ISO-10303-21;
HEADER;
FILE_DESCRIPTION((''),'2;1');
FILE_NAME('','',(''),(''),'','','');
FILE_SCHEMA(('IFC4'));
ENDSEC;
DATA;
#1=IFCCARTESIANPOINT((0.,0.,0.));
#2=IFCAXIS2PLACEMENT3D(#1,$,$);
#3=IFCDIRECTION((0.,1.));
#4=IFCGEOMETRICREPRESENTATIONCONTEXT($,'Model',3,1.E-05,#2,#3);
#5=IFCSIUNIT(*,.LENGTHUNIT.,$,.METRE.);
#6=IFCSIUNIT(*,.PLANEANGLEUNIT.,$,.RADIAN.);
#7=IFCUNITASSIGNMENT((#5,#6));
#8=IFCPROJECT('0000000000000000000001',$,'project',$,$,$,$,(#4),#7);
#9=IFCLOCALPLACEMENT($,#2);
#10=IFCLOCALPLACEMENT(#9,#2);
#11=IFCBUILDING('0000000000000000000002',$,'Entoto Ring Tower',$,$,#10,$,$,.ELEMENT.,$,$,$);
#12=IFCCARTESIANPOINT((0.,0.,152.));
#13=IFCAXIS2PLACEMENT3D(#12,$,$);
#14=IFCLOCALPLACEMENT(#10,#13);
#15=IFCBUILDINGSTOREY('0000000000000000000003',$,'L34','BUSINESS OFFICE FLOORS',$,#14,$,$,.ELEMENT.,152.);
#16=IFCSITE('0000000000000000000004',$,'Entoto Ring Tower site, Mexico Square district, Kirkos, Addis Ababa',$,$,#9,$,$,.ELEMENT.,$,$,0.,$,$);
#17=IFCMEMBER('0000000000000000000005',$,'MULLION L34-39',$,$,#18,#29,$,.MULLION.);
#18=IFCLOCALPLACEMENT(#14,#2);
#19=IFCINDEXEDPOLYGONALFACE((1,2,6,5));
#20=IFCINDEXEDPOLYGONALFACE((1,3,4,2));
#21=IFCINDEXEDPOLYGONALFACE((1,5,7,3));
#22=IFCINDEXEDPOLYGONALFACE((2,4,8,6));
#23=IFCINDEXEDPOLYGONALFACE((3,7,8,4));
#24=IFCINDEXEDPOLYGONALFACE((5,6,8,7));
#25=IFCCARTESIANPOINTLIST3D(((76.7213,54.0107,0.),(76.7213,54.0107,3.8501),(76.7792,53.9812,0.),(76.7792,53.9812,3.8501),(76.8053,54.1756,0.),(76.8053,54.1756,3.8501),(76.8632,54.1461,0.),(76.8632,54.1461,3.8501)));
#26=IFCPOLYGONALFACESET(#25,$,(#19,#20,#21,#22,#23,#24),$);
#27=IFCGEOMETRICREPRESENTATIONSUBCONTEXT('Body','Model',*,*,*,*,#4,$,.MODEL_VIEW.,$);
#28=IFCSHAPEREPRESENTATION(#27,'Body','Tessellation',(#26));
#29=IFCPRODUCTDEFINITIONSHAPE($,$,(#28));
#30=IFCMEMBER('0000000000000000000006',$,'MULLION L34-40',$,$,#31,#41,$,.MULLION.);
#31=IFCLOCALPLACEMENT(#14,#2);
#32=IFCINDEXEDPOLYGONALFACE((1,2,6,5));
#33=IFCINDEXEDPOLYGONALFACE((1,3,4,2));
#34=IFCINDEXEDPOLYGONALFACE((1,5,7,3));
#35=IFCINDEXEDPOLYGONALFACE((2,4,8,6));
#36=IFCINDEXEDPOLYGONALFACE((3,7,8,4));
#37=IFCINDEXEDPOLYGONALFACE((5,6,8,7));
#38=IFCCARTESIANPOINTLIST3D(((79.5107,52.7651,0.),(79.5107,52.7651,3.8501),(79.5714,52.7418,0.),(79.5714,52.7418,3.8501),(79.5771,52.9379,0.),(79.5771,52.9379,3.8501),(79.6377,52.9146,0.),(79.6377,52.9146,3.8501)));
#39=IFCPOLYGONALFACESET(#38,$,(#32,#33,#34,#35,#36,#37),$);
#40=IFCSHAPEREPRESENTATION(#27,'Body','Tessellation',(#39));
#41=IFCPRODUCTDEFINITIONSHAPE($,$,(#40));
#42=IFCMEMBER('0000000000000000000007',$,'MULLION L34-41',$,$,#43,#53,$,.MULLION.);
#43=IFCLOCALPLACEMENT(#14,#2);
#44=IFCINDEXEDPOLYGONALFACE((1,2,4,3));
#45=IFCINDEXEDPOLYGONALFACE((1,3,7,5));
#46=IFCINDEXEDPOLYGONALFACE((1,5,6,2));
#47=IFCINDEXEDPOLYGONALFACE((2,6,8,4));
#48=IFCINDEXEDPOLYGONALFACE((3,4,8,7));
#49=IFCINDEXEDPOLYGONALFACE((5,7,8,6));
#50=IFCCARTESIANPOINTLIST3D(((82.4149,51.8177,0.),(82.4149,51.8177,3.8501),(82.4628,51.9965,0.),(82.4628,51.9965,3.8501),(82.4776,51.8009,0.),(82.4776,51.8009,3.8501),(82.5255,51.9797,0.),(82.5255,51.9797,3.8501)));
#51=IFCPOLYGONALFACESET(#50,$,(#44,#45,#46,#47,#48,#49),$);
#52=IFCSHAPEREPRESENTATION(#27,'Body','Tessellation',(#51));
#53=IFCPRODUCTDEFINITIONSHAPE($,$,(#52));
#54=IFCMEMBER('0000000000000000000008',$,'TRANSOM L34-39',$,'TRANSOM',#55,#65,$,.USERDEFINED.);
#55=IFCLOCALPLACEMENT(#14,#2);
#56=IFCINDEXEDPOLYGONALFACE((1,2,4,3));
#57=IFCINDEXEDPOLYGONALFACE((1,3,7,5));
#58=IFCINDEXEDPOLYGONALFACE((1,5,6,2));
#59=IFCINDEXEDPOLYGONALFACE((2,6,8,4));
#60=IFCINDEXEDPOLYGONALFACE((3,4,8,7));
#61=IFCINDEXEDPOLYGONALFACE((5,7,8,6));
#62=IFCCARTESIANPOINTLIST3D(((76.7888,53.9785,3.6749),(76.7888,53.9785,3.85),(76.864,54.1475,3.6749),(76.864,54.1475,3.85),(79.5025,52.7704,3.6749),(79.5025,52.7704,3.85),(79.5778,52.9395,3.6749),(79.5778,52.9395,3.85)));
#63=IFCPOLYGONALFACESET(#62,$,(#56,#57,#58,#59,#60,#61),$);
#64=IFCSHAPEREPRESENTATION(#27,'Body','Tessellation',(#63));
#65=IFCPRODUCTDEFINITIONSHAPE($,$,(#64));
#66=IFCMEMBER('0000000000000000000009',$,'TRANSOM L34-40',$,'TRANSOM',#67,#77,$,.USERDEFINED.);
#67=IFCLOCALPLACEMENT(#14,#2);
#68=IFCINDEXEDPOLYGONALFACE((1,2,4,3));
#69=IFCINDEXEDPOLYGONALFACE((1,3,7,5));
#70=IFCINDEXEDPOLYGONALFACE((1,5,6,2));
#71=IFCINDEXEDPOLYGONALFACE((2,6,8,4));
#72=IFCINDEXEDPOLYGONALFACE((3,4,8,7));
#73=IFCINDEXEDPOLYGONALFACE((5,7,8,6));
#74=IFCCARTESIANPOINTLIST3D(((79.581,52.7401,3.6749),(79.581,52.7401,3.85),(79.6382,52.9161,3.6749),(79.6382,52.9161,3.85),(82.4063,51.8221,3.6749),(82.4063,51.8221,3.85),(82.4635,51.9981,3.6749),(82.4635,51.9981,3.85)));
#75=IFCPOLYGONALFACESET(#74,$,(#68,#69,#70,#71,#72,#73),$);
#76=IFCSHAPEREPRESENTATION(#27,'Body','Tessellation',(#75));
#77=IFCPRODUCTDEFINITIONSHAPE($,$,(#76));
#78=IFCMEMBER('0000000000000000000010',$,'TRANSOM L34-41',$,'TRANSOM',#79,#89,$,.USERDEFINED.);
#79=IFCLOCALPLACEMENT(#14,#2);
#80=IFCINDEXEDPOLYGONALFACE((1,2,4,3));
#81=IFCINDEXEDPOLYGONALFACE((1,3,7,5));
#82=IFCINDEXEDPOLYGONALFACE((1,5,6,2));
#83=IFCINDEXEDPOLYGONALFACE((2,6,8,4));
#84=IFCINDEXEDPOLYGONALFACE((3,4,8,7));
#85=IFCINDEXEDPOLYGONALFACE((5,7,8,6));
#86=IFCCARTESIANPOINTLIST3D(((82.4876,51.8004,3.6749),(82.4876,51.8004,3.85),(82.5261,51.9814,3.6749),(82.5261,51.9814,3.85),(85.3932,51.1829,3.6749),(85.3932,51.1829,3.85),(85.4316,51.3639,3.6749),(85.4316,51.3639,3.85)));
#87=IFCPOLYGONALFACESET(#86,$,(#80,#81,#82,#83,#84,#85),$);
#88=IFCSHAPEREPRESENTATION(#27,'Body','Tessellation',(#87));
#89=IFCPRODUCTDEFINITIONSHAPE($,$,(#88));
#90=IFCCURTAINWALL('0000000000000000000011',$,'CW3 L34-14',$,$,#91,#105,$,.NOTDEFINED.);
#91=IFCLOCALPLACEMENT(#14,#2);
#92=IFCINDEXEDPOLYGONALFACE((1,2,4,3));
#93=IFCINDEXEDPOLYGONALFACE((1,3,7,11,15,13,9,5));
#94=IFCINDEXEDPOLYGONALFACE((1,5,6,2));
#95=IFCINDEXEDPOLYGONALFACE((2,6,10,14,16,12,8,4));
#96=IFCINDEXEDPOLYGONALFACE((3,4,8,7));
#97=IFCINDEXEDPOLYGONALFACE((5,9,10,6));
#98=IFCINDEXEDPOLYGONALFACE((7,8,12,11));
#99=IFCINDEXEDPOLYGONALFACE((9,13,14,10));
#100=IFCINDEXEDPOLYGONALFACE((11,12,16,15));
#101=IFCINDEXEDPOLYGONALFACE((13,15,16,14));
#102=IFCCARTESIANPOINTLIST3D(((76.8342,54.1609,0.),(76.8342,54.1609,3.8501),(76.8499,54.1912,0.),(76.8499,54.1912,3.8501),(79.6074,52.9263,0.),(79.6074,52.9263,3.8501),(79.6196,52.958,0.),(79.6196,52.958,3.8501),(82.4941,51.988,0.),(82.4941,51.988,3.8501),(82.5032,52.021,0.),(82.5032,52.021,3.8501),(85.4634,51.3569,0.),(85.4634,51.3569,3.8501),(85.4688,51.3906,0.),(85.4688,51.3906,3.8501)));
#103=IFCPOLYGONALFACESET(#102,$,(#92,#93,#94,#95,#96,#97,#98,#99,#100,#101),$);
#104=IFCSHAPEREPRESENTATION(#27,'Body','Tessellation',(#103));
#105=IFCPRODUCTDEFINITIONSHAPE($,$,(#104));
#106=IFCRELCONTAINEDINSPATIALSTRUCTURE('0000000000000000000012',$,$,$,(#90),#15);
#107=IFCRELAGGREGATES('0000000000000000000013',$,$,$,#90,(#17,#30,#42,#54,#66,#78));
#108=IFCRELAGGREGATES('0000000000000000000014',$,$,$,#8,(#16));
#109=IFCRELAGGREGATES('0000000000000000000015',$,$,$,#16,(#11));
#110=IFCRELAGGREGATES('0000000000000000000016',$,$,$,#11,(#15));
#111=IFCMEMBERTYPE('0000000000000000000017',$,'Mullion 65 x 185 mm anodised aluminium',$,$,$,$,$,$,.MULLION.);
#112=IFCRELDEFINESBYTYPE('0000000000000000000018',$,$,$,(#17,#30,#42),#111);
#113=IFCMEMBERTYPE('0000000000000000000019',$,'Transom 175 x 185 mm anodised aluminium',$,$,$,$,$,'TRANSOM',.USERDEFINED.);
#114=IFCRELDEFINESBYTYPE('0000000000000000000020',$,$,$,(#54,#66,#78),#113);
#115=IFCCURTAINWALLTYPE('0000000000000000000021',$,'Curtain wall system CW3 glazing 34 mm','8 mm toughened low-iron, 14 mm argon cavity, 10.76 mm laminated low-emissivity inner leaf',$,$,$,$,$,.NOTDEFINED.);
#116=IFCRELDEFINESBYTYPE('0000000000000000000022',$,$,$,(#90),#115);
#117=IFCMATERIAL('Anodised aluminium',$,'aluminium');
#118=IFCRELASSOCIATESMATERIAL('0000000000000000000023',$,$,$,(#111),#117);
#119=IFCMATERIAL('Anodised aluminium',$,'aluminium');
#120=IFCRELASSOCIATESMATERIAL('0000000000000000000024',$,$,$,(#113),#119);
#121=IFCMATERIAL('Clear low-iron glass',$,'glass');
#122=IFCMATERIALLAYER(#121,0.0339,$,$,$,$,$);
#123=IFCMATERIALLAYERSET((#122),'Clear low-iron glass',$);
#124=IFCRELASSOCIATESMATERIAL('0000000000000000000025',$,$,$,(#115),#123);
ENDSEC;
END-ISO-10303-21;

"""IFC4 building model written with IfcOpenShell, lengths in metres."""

from ifc_helpers import new_model, si_unit, direction, frame, origin, origin_2d, place, context, subcontext, project, spatial, polyline, rectangle, outline, extrude, material, layer, layer_set, material_profile, profile_set, type_object, element, aggregate, save


model = new_model("IFC4")

# Units and contexts
model_context = context("Model", 3, precision=1e-05, world=origin(), true_north=direction((0.0, 1.0)))
body_context = subcontext(model_context, "Body", "Model", "MODEL_VIEW")
ifc_project = project(units=[si_unit("LENGTHUNIT", "METRE"), si_unit("PLANEANGLEUNIT", "RADIAN")], contexts=[model_context])

# Members
ifc_material_1 = material(Name="Anodised aluminium", Category="aluminium")
ifc_material_profile_1 = material_profile(ifc_material_1, rectangle(XDim=0.0649, YDim=0.1851, at=origin_2d()), Name="Mullion 65 x 185 mm anodised aluminium")
ifc_profile_set_1 = profile_set([ifc_material_profile_1], Name="Anodised aluminium")
member_type_1 = type_object("IfcMemberType", Name="Mullion 65 x 185 mm anodised aluminium", PredefinedType="MULLION", material=ifc_profile_set_1)
site_placement = place(None, origin())
building_placement = place(site_placement, origin())
storey_placement = place(building_placement, frame((0.0, 0.0, 152.0)))
member_1_placement = place(storey_placement, frame((76.7922, 54.0784, 0.0), z_axis=(0.0, 0.0, 1.0), x_axis=(0.891007, -0.45399, 0.0)))
member_1 = element("IfcMember", 1, at=member_1_placement, type_object=member_type_1, Name="MULLION L34-39", PredefinedType="MULLION", context=body_context, shape_type="SweptSolid", body=[
    extrude(rectangle(XDim=0.0649, YDim=0.1851, at=origin_2d()), origin(), (0.0, 0.0, 1.0), 3.8501),
])
member_2_placement = place(storey_placement, frame((79.5742, 52.8398, 0.0), z_axis=(0.0, 0.0, 1.0), x_axis=(0.93358, -0.358368, 0.0)))
member_2 = element("IfcMember", 2, at=member_2_placement, type_object=member_type_1, Name="MULLION L34-40", PredefinedType="MULLION", context=body_context, shape_type="SweptSolid", body=[
    extrude(rectangle(XDim=0.0649, YDim=0.1851, at=origin_2d()), origin(), (0.0, 0.0, 1.0), 3.8501),
])
member_3_placement = place(storey_placement, frame((82.4702, 51.8987, 0.0), z_axis=(0.0, 0.0, 1.0), x_axis=(0.965926, -0.258819, 0.0)))
member_3 = element("IfcMember", 3, at=member_3_placement, type_object=member_type_1, Name="MULLION L34-41", PredefinedType="MULLION", context=body_context, shape_type="SweptSolid", body=[
    extrude(rectangle(XDim=0.0649, YDim=0.1851, at=origin_2d()), origin(), (0.0, 0.0, 1.0), 3.8501),
])
ifc_material_2 = material(Name="Anodised aluminium", Category="aluminium")
ifc_material_profile_2 = material_profile(ifc_material_2, rectangle(XDim=0.1851, YDim=0.175, at=origin_2d()), Name="Transom 175 x 185 mm anodised aluminium")
ifc_profile_set_2 = profile_set([ifc_material_profile_2], Name="Anodised aluminium")
member_type_2 = type_object("IfcMemberType", Name="Transom 175 x 185 mm anodised aluminium", ElementType="TRANSOM", PredefinedType="USERDEFINED", material=ifc_profile_set_2)
member_4_placement = place(storey_placement, frame((76.8264, 54.063, 3.7625), z_axis=(0.913567, -0.406687, 0.0), x_axis=(0.406687, 0.913567, 0.0)))
member_4 = element("IfcMember", 4, at=member_4_placement, type_object=member_type_2, Name="TRANSOM L34-39", ObjectType="TRANSOM", PredefinedType="USERDEFINED", context=body_context, shape_type="SweptSolid", body=[
    extrude(rectangle(XDim=0.1851, YDim=0.175, at=origin_2d()), origin(), (0.0, 0.0, 1.0), 2.9705),
])
member_5_placement = place(storey_placement, frame((79.6096, 52.8281, 3.7625), z_axis=(0.951056, -0.309019, 0.0), x_axis=(0.309019, 0.951056, 0.0)))
member_5 = element("IfcMember", 5, at=member_5_placement, type_object=member_type_2, Name="TRANSOM L34-40", ObjectType="TRANSOM", PredefinedType="USERDEFINED", context=body_context, shape_type="SweptSolid", body=[
    extrude(rectangle(XDim=0.1851, YDim=0.175, at=origin_2d()), origin(), (0.0, 0.0, 1.0), 2.9707),
])
member_6_placement = place(storey_placement, frame((82.5068, 51.8909, 3.7625), z_axis=(0.978158, -0.207862, 0.0), x_axis=(0.207862, 0.978158, 0.0)))
member_6 = element("IfcMember", 6, at=member_6_placement, type_object=member_type_2, Name="TRANSOM L34-41", ObjectType="TRANSOM", PredefinedType="USERDEFINED", context=body_context, shape_type="SweptSolid", body=[
    extrude(rectangle(XDim=0.1851, YDim=0.175, at=origin_2d()), origin(), (0.0, 0.0, 1.0), 2.9705),
])

# Site, building, storey
site = spatial("IfcSite", under=ifc_project, at=site_placement, Name="Entoto Ring Tower site, Mexico Square district, Kirkos, Addis Ababa", CompositionType="ELEMENT", RefElevation=0.0)
building = spatial("IfcBuilding", under=site, at=building_placement, Name="Entoto Ring Tower", CompositionType="ELEMENT")
storey = spatial("IfcBuildingStorey", under=building, at=storey_placement, Name="L34", Description="BUSINESS OFFICE FLOORS", CompositionType="ELEMENT", Elevation=152.0)

# Curtain wall
ifc_material_3 = material(Name="Clear low-iron glass", Category="glass")
ifc_layer = layer(ifc_material_3, 0.0339)
ifc_layer_set = layer_set([ifc_layer], Name="Clear low-iron glass")
curtain_wall_type = type_object("IfcCurtainWallType", Name="Curtain wall system CW3 glazing 34 mm", Description="8 mm toughened low-iron, 14 mm argon cavity, 10.76 mm laminated low-emissivity inner leaf", PredefinedType="NOTDEFINED", material=ifc_layer_set)
curtain_wall_1_placement = place(storey_placement, origin())
curtain_wall_1 = element("IfcCurtainWall", 7, at=curtain_wall_1_placement, inside=storey, type_object=curtain_wall_type, Name="CW3 L34-14", PredefinedType="NOTDEFINED", context=body_context, shape_type="SweptSolid", body=[
    extrude(outline(polyline([(76.8342, 54.1609), (79.6074, 52.9263), (82.4941, 51.988), (85.4634, 51.3569), (85.4688, 51.3906), (82.5032, 52.021), (79.6196, 52.958), (76.8499, 54.1912), (76.8342, 54.1609)])), origin(), (0.0, 0.0, 1.0), 3.8501),
])
aggregate(curtain_wall_1, [member_1, member_2, member_3, member_4, member_5, member_6])

save(model, "model.ifc")
